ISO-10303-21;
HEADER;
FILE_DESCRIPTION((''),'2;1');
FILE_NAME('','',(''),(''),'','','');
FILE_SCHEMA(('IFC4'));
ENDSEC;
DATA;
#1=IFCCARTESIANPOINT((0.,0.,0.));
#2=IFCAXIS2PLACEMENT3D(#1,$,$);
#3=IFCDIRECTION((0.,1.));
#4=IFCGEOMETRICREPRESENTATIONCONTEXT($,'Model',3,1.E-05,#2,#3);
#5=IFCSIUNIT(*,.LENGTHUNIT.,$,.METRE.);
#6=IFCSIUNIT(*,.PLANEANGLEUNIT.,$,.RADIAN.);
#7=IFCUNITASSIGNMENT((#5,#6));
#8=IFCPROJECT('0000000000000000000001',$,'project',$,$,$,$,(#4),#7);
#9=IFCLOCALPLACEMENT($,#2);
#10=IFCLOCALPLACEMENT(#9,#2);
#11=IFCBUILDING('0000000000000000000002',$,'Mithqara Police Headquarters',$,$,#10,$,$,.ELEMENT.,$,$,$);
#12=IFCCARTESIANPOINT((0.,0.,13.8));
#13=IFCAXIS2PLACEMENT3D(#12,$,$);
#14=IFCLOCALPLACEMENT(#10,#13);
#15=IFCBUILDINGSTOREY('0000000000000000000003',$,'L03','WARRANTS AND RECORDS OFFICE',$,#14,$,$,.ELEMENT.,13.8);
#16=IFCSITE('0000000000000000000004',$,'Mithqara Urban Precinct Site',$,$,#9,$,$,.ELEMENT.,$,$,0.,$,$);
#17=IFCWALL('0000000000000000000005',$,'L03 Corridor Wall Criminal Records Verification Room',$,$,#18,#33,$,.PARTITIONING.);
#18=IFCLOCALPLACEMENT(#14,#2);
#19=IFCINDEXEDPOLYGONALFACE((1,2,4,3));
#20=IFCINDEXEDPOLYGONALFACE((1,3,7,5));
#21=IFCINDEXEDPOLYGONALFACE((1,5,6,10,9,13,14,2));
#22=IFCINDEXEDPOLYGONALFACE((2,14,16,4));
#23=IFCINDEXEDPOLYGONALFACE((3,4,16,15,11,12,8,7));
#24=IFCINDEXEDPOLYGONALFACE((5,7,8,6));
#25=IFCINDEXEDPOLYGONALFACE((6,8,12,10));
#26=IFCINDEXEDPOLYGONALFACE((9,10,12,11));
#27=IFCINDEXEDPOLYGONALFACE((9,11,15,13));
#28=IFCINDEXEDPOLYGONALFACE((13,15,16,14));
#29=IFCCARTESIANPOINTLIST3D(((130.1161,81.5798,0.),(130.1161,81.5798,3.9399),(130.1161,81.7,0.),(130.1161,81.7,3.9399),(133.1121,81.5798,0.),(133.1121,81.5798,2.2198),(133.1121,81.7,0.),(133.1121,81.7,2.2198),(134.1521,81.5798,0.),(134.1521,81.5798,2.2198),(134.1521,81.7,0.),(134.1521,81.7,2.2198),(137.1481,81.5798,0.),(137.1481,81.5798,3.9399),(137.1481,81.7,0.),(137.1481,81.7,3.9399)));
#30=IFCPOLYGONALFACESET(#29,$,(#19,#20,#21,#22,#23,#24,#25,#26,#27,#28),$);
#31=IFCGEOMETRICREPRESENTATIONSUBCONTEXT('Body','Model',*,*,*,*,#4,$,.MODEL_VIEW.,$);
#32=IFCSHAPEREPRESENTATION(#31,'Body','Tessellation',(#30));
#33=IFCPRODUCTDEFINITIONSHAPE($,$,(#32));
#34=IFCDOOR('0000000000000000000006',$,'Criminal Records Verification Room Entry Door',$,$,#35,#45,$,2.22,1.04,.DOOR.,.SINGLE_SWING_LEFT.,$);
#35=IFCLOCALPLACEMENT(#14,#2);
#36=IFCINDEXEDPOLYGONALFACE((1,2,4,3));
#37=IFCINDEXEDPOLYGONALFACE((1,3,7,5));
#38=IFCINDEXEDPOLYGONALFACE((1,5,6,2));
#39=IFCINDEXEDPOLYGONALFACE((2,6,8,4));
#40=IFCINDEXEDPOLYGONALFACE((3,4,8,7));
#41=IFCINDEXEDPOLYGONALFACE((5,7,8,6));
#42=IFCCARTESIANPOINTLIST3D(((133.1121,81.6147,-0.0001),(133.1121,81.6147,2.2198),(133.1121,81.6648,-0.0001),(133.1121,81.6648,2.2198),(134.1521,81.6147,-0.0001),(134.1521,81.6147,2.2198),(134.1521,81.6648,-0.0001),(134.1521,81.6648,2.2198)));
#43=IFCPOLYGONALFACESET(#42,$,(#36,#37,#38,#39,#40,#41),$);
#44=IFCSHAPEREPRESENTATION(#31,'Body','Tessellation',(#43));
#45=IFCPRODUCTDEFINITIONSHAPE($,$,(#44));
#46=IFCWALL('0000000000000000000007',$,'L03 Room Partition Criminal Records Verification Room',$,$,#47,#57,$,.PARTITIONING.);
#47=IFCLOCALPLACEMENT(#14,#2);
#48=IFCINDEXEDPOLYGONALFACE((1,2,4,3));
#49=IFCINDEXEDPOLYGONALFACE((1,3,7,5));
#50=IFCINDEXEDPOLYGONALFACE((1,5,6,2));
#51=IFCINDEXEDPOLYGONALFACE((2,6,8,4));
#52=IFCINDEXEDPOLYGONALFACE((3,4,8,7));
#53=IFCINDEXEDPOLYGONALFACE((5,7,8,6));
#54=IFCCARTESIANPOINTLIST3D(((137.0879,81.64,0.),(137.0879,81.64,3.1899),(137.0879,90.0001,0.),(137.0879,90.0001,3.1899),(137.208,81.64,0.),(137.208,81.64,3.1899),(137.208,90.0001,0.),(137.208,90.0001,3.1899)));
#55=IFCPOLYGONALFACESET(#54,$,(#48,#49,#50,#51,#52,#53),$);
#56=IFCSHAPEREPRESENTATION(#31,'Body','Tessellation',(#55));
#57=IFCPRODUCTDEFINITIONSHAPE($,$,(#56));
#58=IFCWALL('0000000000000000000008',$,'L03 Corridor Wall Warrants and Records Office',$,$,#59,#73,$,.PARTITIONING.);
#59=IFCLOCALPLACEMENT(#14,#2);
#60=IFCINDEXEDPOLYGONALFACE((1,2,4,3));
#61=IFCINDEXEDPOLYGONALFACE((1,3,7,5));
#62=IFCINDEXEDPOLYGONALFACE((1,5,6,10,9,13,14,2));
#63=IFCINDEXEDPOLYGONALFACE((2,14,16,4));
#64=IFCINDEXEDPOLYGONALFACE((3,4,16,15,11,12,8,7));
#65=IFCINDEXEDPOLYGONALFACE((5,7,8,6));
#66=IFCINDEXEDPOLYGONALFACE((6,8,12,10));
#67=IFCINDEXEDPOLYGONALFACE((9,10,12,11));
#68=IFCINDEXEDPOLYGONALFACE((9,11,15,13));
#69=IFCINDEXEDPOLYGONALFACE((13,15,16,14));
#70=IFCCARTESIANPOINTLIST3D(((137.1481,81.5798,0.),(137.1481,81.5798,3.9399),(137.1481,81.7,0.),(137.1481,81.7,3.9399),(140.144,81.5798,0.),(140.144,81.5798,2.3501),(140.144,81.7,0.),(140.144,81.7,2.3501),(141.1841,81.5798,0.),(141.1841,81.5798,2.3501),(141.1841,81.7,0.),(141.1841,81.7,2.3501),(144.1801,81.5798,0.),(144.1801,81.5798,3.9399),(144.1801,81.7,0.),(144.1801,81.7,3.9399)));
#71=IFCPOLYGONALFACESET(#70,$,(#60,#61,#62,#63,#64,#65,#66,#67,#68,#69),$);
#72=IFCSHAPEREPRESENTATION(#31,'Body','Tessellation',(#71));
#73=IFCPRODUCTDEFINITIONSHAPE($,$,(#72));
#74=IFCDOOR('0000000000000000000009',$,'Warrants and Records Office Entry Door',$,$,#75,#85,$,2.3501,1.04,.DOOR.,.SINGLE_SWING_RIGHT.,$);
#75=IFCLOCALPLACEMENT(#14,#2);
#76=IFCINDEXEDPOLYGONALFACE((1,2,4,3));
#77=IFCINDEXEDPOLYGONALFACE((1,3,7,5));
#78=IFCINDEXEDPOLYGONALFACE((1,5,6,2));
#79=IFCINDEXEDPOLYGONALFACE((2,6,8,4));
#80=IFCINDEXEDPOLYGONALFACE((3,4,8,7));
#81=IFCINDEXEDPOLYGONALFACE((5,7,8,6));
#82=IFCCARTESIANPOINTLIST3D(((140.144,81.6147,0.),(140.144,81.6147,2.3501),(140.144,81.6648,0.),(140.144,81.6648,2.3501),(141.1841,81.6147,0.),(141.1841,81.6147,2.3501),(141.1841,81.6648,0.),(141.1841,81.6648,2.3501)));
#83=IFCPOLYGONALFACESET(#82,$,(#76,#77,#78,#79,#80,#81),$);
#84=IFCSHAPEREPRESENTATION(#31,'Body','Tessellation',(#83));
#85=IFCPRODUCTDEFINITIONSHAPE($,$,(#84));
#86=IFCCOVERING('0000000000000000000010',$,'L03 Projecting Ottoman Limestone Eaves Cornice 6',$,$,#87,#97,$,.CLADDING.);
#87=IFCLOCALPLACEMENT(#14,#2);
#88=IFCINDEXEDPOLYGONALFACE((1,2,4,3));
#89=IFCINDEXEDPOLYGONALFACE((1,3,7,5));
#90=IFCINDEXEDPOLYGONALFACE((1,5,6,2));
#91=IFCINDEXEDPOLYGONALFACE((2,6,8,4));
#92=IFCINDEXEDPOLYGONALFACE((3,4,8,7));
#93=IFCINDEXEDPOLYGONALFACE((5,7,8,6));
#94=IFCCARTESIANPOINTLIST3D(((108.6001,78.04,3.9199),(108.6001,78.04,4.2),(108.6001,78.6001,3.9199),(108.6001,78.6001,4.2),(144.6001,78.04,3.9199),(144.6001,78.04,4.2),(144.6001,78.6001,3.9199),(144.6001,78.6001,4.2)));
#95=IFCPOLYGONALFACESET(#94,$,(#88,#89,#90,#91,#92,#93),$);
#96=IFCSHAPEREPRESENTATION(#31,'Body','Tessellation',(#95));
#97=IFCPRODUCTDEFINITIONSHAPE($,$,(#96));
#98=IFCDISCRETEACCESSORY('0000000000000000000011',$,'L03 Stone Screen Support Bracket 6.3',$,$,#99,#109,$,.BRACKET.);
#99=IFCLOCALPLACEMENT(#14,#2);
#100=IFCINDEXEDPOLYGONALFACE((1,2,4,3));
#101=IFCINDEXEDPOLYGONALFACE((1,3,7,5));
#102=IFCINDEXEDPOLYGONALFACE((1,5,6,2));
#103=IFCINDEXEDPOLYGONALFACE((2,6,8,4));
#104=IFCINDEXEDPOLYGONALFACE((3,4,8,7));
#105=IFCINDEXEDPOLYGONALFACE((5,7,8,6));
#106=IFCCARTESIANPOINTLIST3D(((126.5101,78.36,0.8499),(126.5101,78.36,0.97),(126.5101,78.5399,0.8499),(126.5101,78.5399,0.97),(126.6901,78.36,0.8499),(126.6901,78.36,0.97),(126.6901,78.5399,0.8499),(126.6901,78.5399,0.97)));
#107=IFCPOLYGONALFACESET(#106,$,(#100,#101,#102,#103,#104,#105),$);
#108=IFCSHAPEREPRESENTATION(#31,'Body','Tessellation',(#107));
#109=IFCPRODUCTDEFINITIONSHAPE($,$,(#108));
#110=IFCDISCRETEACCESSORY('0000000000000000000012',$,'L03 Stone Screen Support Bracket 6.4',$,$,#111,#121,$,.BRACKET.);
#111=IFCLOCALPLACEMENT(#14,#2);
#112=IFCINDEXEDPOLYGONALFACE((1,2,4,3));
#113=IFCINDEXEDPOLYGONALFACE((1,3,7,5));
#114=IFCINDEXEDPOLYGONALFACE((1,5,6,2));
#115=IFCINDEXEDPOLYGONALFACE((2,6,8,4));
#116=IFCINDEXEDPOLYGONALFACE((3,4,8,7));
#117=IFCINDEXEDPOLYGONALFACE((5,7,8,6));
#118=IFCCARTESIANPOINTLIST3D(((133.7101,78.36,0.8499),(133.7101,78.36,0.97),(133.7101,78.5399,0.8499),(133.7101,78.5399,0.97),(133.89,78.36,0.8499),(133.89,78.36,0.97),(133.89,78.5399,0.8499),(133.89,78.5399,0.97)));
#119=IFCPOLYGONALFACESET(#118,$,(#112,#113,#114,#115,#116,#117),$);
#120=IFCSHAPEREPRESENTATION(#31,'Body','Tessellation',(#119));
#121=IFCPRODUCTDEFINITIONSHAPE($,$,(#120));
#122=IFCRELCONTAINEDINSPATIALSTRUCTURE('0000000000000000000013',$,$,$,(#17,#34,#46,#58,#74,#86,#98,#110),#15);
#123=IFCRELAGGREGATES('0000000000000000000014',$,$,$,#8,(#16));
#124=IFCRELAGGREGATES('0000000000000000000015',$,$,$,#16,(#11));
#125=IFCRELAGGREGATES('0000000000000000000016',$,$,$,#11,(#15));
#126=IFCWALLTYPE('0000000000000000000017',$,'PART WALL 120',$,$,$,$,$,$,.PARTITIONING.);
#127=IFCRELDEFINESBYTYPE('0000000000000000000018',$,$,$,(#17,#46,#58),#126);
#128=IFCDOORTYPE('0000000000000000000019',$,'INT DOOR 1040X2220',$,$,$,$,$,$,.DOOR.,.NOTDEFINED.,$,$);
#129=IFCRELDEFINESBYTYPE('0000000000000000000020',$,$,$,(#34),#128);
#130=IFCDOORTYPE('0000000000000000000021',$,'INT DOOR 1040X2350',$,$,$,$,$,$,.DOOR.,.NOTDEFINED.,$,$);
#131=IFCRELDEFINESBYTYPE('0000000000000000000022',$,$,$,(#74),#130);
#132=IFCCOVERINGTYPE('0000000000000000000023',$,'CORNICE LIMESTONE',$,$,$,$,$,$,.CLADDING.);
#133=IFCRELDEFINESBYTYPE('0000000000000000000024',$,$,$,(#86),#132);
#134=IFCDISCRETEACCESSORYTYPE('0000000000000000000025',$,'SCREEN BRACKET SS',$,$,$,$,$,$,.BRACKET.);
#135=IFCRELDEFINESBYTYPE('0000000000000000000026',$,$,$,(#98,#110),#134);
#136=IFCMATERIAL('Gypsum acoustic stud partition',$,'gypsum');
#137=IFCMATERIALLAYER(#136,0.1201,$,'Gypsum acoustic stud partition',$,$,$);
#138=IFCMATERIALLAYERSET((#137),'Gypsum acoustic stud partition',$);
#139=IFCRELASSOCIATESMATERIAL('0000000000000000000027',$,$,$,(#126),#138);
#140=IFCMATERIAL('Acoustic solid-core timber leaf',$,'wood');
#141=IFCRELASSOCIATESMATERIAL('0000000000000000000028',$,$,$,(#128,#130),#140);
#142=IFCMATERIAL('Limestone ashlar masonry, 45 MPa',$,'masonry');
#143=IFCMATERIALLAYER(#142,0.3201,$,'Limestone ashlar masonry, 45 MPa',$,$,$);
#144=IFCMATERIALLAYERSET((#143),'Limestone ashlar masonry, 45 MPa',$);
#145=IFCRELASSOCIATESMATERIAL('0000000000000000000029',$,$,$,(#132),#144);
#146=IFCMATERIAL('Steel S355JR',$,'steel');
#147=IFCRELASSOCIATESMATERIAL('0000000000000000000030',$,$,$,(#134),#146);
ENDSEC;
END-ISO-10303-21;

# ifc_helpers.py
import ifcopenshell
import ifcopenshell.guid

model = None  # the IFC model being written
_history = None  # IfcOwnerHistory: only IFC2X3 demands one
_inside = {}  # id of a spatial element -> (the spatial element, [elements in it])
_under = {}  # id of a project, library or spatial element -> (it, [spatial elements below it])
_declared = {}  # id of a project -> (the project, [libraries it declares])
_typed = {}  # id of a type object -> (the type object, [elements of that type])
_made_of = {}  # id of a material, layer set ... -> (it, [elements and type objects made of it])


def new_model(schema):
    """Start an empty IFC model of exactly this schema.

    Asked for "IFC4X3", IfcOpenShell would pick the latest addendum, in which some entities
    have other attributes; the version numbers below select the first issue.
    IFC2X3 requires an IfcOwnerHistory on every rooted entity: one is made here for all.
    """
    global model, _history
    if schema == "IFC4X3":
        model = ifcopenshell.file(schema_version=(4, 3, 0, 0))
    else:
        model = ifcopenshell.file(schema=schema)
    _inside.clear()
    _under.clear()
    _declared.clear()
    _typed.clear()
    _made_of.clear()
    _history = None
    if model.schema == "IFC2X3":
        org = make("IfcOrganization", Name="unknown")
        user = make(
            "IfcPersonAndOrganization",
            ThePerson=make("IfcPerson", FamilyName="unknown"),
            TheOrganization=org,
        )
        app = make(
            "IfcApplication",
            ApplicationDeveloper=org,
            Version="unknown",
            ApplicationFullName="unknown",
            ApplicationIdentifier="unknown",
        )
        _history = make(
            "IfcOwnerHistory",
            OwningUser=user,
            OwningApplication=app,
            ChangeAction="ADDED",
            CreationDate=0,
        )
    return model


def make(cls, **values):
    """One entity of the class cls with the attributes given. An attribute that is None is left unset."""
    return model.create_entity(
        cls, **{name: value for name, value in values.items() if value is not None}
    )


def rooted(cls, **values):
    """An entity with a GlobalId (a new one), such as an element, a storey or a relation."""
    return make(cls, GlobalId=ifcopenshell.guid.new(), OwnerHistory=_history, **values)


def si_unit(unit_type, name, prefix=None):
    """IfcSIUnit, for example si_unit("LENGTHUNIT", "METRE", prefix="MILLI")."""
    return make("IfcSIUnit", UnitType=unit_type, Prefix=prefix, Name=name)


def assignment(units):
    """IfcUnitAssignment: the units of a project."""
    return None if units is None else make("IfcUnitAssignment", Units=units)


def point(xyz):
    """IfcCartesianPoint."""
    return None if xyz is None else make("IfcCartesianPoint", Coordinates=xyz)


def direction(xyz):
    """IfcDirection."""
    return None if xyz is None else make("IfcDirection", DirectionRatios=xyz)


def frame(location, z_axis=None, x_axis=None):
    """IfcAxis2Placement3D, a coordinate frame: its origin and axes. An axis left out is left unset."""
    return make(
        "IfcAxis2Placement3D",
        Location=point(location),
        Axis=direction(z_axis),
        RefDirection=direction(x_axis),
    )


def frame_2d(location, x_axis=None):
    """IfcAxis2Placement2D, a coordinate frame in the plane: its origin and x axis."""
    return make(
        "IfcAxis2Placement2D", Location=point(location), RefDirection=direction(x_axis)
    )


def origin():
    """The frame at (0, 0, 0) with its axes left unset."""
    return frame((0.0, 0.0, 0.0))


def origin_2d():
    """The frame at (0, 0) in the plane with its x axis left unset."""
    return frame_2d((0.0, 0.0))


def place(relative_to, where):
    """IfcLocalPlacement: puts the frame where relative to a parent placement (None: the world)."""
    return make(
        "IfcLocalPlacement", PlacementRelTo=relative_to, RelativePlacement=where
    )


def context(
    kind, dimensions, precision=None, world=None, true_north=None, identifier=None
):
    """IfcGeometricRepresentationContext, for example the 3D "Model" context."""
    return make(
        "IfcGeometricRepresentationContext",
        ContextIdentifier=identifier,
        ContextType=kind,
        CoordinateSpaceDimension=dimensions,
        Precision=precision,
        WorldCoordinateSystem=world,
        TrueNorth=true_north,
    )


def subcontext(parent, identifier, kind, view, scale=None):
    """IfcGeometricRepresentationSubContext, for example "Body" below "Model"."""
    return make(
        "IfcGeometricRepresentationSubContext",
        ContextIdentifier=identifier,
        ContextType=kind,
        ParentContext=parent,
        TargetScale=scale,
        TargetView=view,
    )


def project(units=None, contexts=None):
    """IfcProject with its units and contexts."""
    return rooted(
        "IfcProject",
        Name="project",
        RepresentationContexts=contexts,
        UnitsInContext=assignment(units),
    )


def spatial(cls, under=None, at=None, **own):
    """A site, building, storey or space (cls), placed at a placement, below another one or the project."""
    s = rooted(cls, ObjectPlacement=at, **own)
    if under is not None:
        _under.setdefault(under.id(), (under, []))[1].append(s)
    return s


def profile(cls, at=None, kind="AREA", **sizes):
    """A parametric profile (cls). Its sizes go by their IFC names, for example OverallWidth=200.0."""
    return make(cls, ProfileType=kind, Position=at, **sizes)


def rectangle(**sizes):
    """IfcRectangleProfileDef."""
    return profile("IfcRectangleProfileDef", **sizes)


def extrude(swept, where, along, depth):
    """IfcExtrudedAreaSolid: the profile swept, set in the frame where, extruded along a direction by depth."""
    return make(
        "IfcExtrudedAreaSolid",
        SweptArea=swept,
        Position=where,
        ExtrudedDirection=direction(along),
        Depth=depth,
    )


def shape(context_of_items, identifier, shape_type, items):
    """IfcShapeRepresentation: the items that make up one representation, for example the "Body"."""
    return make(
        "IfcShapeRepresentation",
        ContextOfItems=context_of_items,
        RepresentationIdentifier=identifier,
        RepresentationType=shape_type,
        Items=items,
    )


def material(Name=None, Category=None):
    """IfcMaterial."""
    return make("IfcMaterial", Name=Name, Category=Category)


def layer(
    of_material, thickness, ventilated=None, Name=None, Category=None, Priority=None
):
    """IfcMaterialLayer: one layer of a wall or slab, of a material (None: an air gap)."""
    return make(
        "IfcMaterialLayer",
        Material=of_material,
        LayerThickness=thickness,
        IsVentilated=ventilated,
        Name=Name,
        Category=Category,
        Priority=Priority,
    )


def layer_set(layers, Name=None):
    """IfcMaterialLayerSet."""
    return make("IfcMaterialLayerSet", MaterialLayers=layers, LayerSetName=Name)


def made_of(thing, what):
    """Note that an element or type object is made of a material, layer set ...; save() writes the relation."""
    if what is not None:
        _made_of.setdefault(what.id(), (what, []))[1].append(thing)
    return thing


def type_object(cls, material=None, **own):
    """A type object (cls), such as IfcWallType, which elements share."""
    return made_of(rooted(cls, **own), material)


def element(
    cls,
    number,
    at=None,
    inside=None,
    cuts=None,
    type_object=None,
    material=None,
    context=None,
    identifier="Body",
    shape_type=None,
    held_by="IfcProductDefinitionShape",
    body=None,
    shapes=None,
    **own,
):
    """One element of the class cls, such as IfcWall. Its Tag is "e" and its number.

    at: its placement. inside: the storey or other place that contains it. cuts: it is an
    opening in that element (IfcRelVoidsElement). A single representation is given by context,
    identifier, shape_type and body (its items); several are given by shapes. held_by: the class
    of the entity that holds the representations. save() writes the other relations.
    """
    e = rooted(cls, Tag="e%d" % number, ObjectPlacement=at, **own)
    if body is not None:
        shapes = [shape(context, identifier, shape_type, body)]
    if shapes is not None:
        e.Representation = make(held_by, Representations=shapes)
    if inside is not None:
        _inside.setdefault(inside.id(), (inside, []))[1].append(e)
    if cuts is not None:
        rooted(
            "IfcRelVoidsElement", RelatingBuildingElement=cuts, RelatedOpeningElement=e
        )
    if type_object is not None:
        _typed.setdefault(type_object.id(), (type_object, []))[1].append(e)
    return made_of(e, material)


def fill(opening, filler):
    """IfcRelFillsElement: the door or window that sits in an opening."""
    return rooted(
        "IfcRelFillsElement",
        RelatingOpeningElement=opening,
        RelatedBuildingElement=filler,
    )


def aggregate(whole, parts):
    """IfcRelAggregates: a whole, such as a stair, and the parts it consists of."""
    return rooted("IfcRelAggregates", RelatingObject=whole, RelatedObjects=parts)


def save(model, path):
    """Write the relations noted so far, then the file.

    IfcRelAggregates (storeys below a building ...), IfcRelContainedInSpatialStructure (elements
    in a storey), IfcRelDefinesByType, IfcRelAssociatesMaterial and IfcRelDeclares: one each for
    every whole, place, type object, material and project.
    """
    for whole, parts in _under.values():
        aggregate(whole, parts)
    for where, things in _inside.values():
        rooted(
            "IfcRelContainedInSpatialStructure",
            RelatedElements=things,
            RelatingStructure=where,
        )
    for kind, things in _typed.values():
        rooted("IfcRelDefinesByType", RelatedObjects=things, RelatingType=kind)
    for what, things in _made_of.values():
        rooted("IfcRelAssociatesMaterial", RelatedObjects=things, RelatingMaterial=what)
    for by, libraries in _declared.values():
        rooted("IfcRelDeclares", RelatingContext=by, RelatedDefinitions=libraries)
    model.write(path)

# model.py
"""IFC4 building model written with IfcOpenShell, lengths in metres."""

from ifc_helpers import new_model, si_unit, direction, frame, frame_2d, origin, origin_2d, place, context, subcontext, project, spatial, rectangle, extrude, material, layer, layer_set, type_object, element, fill, save


model = new_model("IFC4")

# Units and contexts
model_context = context("Model", 3, precision=1e-05, world=origin(), true_north=direction((0.0, 1.0)))
body_context = subcontext(model_context, "Body", "Model", "MODEL_VIEW")
ifc_project = project(units=[si_unit("LENGTHUNIT", "METRE"), si_unit("PLANEANGLEUNIT", "RADIAN")], contexts=[model_context])

# Site, building, storey
site_placement = place(None, origin())
site = spatial("IfcSite", under=ifc_project, at=site_placement, Name="Mithqara Urban Precinct Site", CompositionType="ELEMENT", RefElevation=0.0)
building_placement = place(site_placement, origin())
building = spatial("IfcBuilding", under=site, at=building_placement, Name="Mithqara Police Headquarters", CompositionType="ELEMENT")
storey_placement = place(building_placement, frame((0.0, 0.0, 13.8)))
storey = spatial("IfcBuildingStorey", under=building, at=storey_placement, Name="L03", Description="WARRANTS AND RECORDS OFFICE", CompositionType="ELEMENT", Elevation=13.8)

# Shared definitions
ifc_material_1 = material(Name="Steel S355JR", Category="steel")

# Shared definitions
ifc_material_2 = material(Name="Limestone ashlar masonry, 45 MPa", Category="masonry")

# Shared definitions
ifc_material_3 = material(Name="Gypsum acoustic stud partition", Category="gypsum")
ifc_layer_1 = layer(ifc_material_3, 0.1201, Name="Gypsum acoustic stud partition")
ifc_layer_set_1 = layer_set([ifc_layer_1], Name="Gypsum acoustic stud partition")
wall_type = type_object("IfcWallType", Name="PART WALL 120", PredefinedType="PARTITIONING", material=ifc_layer_set_1)

# Wall, opening, door
wall_1_placement = place(storey_placement, frame((130.116, 81.6399, 0.0), z_axis=(0.0, 0.0, 1.0), x_axis=(1.0, 0.0, 0.0)))
wall_1 = element("IfcWall", 1, at=wall_1_placement, inside=storey, type_object=wall_type, Name="L03 Corridor Wall Criminal Records Verification Room", PredefinedType="PARTITIONING", context=body_context, shape_type="SweptSolid", body=[
    extrude(rectangle(XDim=7.032, YDim=0.1201, at=frame_2d((3.5161, 0.0))), origin(), (0.0, 0.0, 1.0), 3.9399),
])
opening_1_placement = place(wall_1_placement, frame((2.9961, 0.0, 0.0)))
opening_1 = element("IfcOpeningElement", 2, at=opening_1_placement, cuts=wall_1, PredefinedType="OPENING", context=body_context, shape_type="SweptSolid", body=[
    extrude(rectangle(XDim=1.04, YDim=2.22, at=frame_2d((0.52, 1.1099))), frame((0.0, 0.0701, 0.0), z_axis=(0.0, -1.0, 0.0), x_axis=(1.0, 0.0, 0.0)), (0.0, 0.0, 1.0), 0.1401),
])
ifc_material_4 = material(Name="Acoustic solid-core timber leaf", Category="wood")
door_type_1 = type_object("IfcDoorType", Name="INT DOOR 1040X2220", OperationType="NOTDEFINED", PredefinedType="DOOR", material=ifc_material_4)
door_1_placement = place(opening_1_placement, origin())
door_1 = element("IfcDoor", 3, at=door_1_placement, inside=storey, type_object=door_type_1, Name="Criminal Records Verification Room Entry Door", OperationType="SINGLE_SWING_LEFT", OverallHeight=2.22, OverallWidth=1.04, PredefinedType="DOOR", context=body_context, shape_type="SweptSolid", body=[
    extrude(rectangle(XDim=1.04, YDim=2.22, at=frame_2d((0.52, 1.1099))), frame((0.0, 0.0249, 0.0), z_axis=(0.0, -1.0, 0.0), x_axis=(1.0, 0.0, 0.0)), (0.0, 0.0, 1.0), 0.05),
])
fill(opening_1, door_1)

# Wall
wall_2_placement = place(storey_placement, frame((137.1479, 81.6399, 0.0), z_axis=(0.0, 0.0, 1.0), x_axis=(0.0, 1.0, 0.0)))
element("IfcWall", 4, at=wall_2_placement, inside=storey, type_object=wall_type, Name="L03 Room Partition Criminal Records Verification Room", PredefinedType="PARTITIONING", context=body_context, shape_type="SweptSolid", body=[
    extrude(rectangle(XDim=8.3601, YDim=0.1201, at=frame_2d((4.1802, 0.0))), origin(), (0.0, 0.0, 1.0), 3.1899),
])

# Wall, opening, door
wall_3_placement = place(storey_placement, frame((137.1479, 81.6399, 0.0), z_axis=(0.0, 0.0, 1.0), x_axis=(1.0, 0.0, 0.0)))
wall_3 = element("IfcWall", 5, at=wall_3_placement, inside=storey, type_object=wall_type, Name="L03 Corridor Wall Warrants and Records Office", PredefinedType="PARTITIONING", context=body_context, shape_type="SweptSolid", body=[
    extrude(rectangle(XDim=7.032, YDim=0.1201, at=frame_2d((3.5161, 0.0))), origin(), (0.0, 0.0, 1.0), 3.9399),
])
opening_2_placement = place(wall_3_placement, frame((2.9961, 0.0, 0.0)))
opening_2 = element("IfcOpeningElement", 6, at=opening_2_placement, cuts=wall_3, PredefinedType="OPENING", context=body_context, shape_type="SweptSolid", body=[
    extrude(rectangle(XDim=1.04, YDim=2.3501, at=frame_2d((0.52, 1.175))), frame((0.0, 0.0701, 0.0), z_axis=(0.0, -1.0, 0.0), x_axis=(1.0, 0.0, 0.0)), (0.0, 0.0, 1.0), 0.1401),
])
door_type_2 = type_object("IfcDoorType", Name="INT DOOR 1040X2350", OperationType="NOTDEFINED", PredefinedType="DOOR", material=ifc_material_4)
door_2_placement = place(opening_2_placement, origin())
door_2 = element("IfcDoor", 7, at=door_2_placement, inside=storey, type_object=door_type_2, Name="Warrants and Records Office Entry Door", OperationType="SINGLE_SWING_RIGHT", OverallHeight=2.3501, OverallWidth=1.04, PredefinedType="DOOR", context=body_context, shape_type="SweptSolid", body=[
    extrude(rectangle(XDim=1.04, YDim=2.3501, at=frame_2d((0.52, 1.175))), frame((0.0, 0.0249, 0.0), z_axis=(0.0, -1.0, 0.0), x_axis=(1.0, 0.0, 0.0)), (0.0, 0.0, 1.0), 0.05),
])
fill(opening_2, door_2)

# Covering
ifc_layer_2 = layer(ifc_material_2, 0.3201, Name="Limestone ashlar masonry, 45 MPa")
ifc_layer_set_2 = layer_set([ifc_layer_2], Name="Limestone ashlar masonry, 45 MPa")
covering_type = type_object("IfcCoveringType", Name="CORNICE LIMESTONE", PredefinedType="CLADDING", material=ifc_layer_set_2)
covering_placement = place(storey_placement, frame((126.6001, 78.3201, 3.9199), z_axis=(0.0, 0.0, 1.0), x_axis=(1.0, 0.0, 0.0)))
element("IfcCovering", 8, at=covering_placement, inside=storey, type_object=covering_type, Name="L03 Projecting Ottoman Limestone Eaves Cornice 6", PredefinedType="CLADDING", context=body_context, shape_type="SweptSolid", body=[
    extrude(rectangle(XDim=36.0, YDim=0.5601, at=origin_2d()), origin(), (0.0, 0.0, 1.0), 0.28),
])

# Discrete accessories
discrete_accessory_type = type_object("IfcDiscreteAccessoryType", Name="SCREEN BRACKET SS", PredefinedType="BRACKET", material=ifc_material_1)
for number, where, z_axis, x_axis, name in (
    (9, (126.6001, 78.45, 0.8499), (0.0, 0.0, 1.0), (1.0, 0.0, 0.0), "L03 Stone Screen Support Bracket 6.3"),
    (10, (133.8, 78.45, 0.8499), (0.0, 0.0, 1.0), (1.0, 0.0, 0.0), "L03 Stone Screen Support Bracket 6.4"),
):
    element("IfcDiscreteAccessory", number, at=place(storey_placement, frame(where, z_axis=z_axis, x_axis=x_axis)), inside=storey, type_object=discrete_accessory_type, Name=name, PredefinedType="BRACKET", context=body_context, shape_type="SweptSolid", body=[
        extrude(rectangle(XDim=0.1799, YDim=0.1799, at=origin_2d()), origin(), (0.0, 0.0, 1.0), 0.1201),
    ])

save(model, "model.ifc")
